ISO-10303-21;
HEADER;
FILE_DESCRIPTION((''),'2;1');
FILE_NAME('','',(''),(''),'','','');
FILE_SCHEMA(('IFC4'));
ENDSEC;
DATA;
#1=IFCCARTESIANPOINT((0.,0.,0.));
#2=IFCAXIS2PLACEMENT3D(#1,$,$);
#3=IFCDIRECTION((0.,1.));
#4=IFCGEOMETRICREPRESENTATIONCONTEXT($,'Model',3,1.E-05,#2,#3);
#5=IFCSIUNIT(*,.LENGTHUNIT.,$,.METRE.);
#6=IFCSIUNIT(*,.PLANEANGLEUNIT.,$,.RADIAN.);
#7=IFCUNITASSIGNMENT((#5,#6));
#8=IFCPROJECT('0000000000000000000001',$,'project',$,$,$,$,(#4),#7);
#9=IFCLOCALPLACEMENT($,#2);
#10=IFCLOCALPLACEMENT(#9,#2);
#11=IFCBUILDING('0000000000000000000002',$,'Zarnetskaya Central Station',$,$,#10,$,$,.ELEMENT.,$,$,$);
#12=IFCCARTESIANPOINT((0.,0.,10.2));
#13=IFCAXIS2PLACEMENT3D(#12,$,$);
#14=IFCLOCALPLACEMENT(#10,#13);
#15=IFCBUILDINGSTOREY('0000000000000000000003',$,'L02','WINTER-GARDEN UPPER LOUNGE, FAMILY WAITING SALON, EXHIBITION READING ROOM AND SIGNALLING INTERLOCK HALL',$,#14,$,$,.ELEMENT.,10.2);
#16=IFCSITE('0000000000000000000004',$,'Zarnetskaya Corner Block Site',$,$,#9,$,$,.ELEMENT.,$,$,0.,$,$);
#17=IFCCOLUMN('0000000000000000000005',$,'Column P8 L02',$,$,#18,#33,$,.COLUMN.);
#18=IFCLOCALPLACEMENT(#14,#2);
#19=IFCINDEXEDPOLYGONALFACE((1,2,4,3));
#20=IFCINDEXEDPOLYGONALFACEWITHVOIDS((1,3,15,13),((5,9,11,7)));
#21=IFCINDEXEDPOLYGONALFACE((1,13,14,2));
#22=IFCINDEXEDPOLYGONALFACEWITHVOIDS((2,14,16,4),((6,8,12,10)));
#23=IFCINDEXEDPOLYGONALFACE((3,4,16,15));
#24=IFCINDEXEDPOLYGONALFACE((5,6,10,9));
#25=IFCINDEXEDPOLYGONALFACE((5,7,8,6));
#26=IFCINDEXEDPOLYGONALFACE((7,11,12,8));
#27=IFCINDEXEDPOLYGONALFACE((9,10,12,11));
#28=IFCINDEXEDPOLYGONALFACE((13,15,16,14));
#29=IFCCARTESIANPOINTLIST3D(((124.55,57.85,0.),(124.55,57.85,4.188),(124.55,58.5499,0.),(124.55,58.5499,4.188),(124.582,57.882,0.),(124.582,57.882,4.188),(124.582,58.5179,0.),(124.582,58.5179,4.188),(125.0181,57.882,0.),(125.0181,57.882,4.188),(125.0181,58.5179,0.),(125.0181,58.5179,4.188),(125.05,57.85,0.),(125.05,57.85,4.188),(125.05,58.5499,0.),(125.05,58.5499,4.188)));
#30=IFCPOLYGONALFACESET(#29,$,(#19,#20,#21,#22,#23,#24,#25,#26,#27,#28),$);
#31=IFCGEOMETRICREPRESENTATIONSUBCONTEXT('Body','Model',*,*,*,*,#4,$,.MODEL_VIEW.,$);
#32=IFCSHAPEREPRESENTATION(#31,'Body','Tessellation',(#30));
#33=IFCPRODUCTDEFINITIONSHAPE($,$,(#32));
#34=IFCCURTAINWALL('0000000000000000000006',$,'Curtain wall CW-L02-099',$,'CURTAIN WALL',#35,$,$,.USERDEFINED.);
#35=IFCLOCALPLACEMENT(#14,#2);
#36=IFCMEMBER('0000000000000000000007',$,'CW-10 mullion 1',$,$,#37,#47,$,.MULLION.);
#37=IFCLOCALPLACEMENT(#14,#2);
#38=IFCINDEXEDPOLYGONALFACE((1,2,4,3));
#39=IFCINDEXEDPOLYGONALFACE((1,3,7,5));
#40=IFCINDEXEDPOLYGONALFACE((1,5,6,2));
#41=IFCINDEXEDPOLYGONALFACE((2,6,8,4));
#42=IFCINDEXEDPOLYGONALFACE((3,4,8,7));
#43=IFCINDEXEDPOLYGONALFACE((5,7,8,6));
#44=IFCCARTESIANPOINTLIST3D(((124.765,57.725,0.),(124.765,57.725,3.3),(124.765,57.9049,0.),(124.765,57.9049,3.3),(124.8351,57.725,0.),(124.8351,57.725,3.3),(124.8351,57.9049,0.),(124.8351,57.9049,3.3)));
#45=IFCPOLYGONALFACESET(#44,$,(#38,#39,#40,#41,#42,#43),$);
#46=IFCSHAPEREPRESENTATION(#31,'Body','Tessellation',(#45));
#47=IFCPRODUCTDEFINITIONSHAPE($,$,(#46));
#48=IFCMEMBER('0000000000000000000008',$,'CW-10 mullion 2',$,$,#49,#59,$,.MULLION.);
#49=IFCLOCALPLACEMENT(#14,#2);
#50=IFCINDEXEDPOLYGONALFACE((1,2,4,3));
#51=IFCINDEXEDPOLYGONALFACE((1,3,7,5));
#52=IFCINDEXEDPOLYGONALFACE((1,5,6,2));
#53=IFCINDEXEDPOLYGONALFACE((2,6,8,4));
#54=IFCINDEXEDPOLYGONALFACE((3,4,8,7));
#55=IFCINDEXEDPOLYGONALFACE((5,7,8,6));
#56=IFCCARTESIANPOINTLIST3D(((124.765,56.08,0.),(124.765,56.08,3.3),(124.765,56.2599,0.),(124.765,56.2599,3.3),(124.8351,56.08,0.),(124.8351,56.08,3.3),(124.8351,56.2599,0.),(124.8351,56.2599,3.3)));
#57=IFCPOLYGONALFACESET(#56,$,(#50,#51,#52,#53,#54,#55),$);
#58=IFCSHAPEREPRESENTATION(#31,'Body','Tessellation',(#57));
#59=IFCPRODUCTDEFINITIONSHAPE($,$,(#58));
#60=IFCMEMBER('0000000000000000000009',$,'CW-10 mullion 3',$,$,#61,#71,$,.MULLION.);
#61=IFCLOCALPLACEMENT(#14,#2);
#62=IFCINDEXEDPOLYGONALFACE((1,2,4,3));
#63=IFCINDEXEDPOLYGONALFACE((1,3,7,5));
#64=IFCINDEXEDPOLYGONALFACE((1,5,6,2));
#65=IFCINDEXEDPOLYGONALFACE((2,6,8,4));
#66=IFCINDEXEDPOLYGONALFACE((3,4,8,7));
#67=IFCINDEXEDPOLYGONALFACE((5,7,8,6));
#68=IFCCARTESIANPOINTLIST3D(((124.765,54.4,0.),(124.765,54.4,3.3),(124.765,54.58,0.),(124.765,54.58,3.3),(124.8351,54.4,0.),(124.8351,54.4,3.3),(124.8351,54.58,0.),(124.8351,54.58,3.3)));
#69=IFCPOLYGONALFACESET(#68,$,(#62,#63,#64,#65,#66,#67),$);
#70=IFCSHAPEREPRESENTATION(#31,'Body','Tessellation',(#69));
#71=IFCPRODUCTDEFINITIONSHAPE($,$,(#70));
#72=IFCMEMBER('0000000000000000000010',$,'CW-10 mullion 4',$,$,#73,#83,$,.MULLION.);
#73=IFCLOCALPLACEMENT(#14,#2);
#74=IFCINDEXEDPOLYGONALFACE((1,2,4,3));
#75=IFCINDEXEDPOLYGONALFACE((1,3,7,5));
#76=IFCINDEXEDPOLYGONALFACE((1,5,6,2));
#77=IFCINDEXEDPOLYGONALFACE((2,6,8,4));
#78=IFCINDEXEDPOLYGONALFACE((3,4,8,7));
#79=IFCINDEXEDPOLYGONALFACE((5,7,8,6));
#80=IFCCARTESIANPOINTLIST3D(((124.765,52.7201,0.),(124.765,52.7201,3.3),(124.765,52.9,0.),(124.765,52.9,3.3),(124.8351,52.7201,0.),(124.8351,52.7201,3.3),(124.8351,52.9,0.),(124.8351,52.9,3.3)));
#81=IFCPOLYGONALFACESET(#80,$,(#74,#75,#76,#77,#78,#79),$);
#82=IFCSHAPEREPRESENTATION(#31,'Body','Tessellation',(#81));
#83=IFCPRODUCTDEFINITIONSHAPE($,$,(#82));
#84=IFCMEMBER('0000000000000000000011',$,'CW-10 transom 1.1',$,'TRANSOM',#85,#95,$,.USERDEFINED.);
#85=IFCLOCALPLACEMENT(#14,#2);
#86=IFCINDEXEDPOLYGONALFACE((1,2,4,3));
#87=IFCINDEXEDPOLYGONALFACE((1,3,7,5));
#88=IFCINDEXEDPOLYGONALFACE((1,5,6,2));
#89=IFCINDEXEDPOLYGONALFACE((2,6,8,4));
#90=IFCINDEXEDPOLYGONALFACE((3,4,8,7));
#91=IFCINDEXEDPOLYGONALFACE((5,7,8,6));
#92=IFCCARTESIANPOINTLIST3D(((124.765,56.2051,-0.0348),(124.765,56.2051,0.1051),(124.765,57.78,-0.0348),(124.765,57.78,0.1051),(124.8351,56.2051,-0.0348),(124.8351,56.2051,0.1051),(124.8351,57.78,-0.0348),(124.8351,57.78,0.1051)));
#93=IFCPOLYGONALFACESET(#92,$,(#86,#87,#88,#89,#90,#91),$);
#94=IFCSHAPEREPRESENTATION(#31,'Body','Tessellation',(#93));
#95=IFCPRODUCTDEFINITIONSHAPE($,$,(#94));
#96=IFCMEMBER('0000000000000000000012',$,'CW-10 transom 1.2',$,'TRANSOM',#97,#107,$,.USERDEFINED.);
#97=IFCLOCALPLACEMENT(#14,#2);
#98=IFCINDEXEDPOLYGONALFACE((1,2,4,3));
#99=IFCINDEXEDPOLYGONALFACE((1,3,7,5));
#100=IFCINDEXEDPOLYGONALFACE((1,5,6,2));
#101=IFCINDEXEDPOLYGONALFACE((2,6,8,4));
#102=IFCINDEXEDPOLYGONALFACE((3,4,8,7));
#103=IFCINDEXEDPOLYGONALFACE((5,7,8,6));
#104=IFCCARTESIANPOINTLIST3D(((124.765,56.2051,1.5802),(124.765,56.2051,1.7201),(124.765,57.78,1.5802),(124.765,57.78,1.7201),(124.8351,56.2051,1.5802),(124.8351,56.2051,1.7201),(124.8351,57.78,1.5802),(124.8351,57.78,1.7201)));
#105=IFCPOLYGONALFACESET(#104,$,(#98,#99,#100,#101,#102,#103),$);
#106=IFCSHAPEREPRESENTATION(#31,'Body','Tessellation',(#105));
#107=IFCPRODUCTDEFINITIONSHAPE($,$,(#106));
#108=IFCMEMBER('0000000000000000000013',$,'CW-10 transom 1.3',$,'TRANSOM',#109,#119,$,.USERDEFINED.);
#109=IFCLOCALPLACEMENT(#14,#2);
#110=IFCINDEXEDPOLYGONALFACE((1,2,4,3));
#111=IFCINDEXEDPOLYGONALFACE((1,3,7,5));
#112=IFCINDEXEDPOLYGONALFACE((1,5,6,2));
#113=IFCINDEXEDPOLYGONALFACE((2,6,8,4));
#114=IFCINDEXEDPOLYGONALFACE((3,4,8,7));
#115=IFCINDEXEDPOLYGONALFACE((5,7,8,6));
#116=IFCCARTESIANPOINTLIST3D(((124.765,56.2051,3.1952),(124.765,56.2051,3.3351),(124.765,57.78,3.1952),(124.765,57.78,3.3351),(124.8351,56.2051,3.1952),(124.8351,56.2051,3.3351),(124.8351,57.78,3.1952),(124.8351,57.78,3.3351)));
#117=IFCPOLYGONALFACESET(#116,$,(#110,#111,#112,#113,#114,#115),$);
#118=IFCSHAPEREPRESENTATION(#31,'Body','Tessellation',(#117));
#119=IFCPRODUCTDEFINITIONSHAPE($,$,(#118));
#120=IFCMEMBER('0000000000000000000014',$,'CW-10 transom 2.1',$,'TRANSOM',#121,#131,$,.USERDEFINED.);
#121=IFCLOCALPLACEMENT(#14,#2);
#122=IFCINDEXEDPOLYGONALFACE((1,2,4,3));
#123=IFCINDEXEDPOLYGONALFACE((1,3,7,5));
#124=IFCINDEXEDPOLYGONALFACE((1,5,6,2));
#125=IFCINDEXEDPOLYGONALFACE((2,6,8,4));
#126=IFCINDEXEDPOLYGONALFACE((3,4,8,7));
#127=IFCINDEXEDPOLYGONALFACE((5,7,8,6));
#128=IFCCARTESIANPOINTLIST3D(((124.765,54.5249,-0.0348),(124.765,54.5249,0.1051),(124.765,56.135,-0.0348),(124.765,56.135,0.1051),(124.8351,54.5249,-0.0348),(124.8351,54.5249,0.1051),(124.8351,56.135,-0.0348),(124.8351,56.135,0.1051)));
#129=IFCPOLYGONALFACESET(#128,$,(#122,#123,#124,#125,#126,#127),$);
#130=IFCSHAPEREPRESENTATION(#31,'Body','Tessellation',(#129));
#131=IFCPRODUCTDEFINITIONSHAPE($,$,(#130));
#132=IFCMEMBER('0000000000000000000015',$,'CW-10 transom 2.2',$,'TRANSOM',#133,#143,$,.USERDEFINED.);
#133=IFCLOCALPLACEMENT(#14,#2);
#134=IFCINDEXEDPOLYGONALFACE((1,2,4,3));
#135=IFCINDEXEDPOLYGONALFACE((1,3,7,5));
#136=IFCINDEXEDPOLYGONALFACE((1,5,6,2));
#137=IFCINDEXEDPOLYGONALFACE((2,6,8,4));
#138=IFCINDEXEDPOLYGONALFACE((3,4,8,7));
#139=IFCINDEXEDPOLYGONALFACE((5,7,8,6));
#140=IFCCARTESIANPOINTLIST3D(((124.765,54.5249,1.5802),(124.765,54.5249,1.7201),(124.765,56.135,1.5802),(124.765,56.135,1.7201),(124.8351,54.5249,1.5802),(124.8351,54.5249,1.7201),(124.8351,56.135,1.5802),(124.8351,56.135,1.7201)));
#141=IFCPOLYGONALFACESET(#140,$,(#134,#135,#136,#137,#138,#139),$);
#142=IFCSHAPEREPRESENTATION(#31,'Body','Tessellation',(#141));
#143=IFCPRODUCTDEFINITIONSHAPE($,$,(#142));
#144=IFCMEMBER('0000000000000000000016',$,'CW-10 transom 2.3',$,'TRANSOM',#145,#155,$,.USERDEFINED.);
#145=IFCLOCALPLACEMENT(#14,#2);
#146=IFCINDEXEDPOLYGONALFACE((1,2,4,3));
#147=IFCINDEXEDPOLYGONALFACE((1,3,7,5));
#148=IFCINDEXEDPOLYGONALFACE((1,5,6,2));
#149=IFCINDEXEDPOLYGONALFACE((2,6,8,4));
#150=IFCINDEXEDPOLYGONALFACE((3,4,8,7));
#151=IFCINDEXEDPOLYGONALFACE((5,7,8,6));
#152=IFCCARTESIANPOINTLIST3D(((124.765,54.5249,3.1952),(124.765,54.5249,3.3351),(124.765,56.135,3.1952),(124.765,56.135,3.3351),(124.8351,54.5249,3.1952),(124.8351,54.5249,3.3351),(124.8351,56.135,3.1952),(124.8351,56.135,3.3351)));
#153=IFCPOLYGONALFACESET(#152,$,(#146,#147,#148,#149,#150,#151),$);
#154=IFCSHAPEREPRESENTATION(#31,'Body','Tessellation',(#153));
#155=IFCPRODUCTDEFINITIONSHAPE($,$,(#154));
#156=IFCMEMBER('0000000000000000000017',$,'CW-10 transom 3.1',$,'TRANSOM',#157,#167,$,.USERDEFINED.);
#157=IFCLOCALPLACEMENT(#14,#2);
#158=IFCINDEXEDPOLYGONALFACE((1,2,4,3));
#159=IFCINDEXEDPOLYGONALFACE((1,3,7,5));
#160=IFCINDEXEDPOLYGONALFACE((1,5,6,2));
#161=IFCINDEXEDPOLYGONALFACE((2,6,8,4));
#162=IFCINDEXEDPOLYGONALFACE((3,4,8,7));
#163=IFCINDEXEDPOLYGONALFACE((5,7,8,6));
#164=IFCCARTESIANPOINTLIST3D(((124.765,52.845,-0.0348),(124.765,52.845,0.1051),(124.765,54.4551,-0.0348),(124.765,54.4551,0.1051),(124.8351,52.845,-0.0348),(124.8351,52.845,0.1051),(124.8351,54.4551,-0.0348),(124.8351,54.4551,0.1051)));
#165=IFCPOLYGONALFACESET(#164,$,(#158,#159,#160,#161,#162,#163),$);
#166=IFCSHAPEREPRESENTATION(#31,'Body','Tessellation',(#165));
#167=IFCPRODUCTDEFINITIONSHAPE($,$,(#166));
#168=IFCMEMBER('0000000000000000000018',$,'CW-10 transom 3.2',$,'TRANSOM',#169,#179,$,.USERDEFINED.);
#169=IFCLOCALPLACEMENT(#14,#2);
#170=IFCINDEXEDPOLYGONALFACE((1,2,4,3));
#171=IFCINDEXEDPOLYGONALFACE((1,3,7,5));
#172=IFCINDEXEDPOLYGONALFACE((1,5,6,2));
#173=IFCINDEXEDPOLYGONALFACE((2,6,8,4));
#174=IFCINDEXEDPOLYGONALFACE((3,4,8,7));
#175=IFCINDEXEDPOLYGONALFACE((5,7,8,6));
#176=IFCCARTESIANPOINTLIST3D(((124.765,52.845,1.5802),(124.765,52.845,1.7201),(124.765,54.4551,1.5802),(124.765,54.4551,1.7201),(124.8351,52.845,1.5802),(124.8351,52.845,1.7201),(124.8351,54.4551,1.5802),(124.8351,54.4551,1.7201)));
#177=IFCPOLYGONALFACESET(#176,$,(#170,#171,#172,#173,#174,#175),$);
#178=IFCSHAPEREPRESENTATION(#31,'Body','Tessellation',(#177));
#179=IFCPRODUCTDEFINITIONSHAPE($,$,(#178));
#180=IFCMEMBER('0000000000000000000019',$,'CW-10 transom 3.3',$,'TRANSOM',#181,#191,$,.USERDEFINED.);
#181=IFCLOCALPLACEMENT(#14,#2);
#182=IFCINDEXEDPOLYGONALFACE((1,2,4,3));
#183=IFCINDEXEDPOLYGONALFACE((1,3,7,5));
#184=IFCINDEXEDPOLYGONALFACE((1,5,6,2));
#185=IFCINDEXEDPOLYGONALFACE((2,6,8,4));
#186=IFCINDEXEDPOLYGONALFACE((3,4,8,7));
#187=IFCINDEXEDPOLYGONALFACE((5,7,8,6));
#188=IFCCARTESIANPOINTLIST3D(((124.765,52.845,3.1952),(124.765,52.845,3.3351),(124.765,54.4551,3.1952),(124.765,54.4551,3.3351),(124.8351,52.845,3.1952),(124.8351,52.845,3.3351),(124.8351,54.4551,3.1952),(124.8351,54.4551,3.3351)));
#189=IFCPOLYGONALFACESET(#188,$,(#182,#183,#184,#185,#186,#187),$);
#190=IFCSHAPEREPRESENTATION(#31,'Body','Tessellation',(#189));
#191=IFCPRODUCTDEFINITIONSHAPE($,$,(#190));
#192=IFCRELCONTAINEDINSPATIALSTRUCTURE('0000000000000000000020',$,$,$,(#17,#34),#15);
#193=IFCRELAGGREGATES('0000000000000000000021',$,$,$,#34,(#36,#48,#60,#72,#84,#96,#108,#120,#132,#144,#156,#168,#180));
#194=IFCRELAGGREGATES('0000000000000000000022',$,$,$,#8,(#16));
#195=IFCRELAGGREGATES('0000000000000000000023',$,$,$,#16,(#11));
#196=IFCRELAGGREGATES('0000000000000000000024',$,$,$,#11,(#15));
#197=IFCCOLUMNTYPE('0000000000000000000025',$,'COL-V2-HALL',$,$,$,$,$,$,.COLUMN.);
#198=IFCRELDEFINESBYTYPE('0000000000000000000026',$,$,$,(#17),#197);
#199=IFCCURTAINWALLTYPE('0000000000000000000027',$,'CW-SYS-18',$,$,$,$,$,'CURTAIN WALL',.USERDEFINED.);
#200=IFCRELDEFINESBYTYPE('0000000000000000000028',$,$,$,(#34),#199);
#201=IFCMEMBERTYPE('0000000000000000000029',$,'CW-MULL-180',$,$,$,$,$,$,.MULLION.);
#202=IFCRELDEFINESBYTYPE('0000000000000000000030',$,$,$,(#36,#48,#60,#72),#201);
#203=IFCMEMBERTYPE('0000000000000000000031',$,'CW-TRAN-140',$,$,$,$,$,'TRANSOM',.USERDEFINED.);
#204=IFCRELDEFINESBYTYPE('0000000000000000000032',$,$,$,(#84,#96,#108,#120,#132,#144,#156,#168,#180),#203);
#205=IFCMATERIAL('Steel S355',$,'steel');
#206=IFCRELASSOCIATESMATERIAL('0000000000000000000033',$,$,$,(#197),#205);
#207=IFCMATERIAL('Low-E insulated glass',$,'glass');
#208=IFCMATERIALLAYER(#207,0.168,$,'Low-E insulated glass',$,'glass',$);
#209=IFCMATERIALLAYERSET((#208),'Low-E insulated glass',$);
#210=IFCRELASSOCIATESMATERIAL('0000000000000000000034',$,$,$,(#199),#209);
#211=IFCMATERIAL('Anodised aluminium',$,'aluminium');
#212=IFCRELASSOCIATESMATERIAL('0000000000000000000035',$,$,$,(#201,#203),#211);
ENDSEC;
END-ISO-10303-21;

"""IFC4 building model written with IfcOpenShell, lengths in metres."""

from ifc_helpers import new_model, si_unit, direction, frame, origin, origin_2d, place, context, subcontext, project, spatial, rectangle, hollow_rectangle, extrude, material, layer, layer_set, material_profile, profile_set, type_object, element, aggregate, save


model = new_model("IFC4")

# Units and contexts
model_context = context("Model", 3, precision=1e-05, world=origin(), true_north=direction((0.0, 1.0)))
body_context = subcontext(model_context, "Body", "Model", "MODEL_VIEW")
ifc_project = project(units=[si_unit("LENGTHUNIT", "METRE"), si_unit("PLANEANGLEUNIT", "RADIAN")], contexts=[model_context])

# Site, building, storey
site_placement = place(None, origin())
site = spatial("IfcSite", under=ifc_project, at=site_placement, Name="Zarnetskaya Corner Block Site", CompositionType="ELEMENT", RefElevation=0.0)
building_placement = place(site_placement, origin())
building = spatial("IfcBuilding", under=site, at=building_placement, Name="Zarnetskaya Central Station", CompositionType="ELEMENT")
storey_placement = place(building_placement, frame((0.0, 0.0, 10.2)))
storey = spatial("IfcBuildingStorey", under=building, at=storey_placement, Name="L02", Description="WINTER-GARDEN UPPER LOUNGE, FAMILY WAITING SALON, EXHIBITION READING ROOM AND SIGNALLING INTERLOCK HALL", CompositionType="ELEMENT", Elevation=10.2)

# Column
ifc_material_1 = material(Name="Steel S355", Category="steel")
ifc_material_profile_1 = material_profile(ifc_material_1, hollow_rectangle(XDim=0.5, YDim=0.7, WallThickness=0.032, at=origin_2d()), Name="BOX 700x500x32")
ifc_profile_set_1 = profile_set([ifc_material_profile_1], Name="Steel S355")
column_type = type_object("IfcColumnType", Name="COL-V2-HALL", PredefinedType="COLUMN", material=ifc_profile_set_1)
column_placement = place(storey_placement, frame((124.8, 58.2, 0.0), z_axis=(0.0, 0.0, 1.0), x_axis=(1.0, 0.0, 0.0)))
element("IfcColumn", 1, at=column_placement, inside=storey, type_object=column_type, Name="Column P8 L02", PredefinedType="COLUMN", context=body_context, shape_type="SweptSolid", body=[
    extrude(hollow_rectangle(XDim=0.5, YDim=0.7, WallThickness=0.032, at=origin_2d()), origin(), (0.0, 0.0, 1.0), 4.188),
])

# Curtain wall, members
ifc_material_2 = material(Name="Low-E insulated glass", Category="glass")
ifc_layer_1 = layer(ifc_material_2, 0.168, Name="Low-E insulated glass", Category="glass")
ifc_layer_set_1 = layer_set([ifc_layer_1], Name="Low-E insulated glass")
curtain_wall_type = type_object("IfcCurtainWallType", Name="CW-SYS-18", ElementType="CURTAIN WALL", PredefinedType="USERDEFINED", material=ifc_layer_set_1)
curtain_wall_placement = place(storey_placement, origin())
curtain_wall = element("IfcCurtainWall", 2, at=curtain_wall_placement, inside=storey, type_object=curtain_wall_type, Name="Curtain wall CW-L02-099", ObjectType="CURTAIN WALL", PredefinedType="USERDEFINED")
ifc_material_3 = material(Name="Anodised aluminium", Category="aluminium")
ifc_material_profile_2 = material_profile(ifc_material_3, rectangle(XDim=0.0701, YDim=0.1799, at=origin_2d()), Name="ALU MULL 70x180")
ifc_profile_set_2 = profile_set([ifc_material_profile_2], Name="Anodised aluminium")
member_type_1 = type_object("IfcMemberType", Name="CW-MULL-180", PredefinedType="MULLION", material=ifc_profile_set_2)
member_1_placement = place(storey_placement, frame((124.8, 57.8149, 0.0), z_axis=(0.0, 0.0, 1.0), x_axis=(1.0, 0.0, 0.0)))
member_1 = element("IfcMember", 3, at=member_1_placement, type_object=member_type_1, Name="CW-10 mullion 1", PredefinedType="MULLION", context=body_context, shape_type="SweptSolid", body=[
    extrude(rectangle(XDim=0.0701, YDim=0.1799, at=origin_2d()), origin(), (0.0, 0.0, 1.0), 3.3),
])
member_2_placement = place(storey_placement, frame((124.8, 56.1699, 0.0), z_axis=(0.0, 0.0, 1.0), x_axis=(1.0, 0.0, 0.0)))
member_2 = element("IfcMember", 4, at=member_2_placement, type_object=member_type_1, Name="CW-10 mullion 2", PredefinedType="MULLION", context=body_context, shape_type="SweptSolid", body=[
    extrude(rectangle(XDim=0.0701, YDim=0.1799, at=origin_2d()), origin(), (0.0, 0.0, 1.0), 3.3),
])
member_3_placement = place(storey_placement, frame((124.8, 54.49, 0.0), z_axis=(0.0, 0.0, 1.0), x_axis=(1.0, 0.0, 0.0)))
member_3 = element("IfcMember", 5, at=member_3_placement, type_object=member_type_1, Name="CW-10 mullion 3", PredefinedType="MULLION", context=body_context, shape_type="SweptSolid", body=[
    extrude(rectangle(XDim=0.0701, YDim=0.1799, at=origin_2d()), origin(), (0.0, 0.0, 1.0), 3.3),
])
member_4_placement = place(storey_placement, frame((124.8, 52.8101, 0.0), z_axis=(0.0, 0.0, 1.0), x_axis=(1.0, 0.0, 0.0)))
member_4 = element("IfcMember", 6, at=member_4_placement, type_object=member_type_1, Name="CW-10 mullion 4", PredefinedType="MULLION", context=body_context, shape_type="SweptSolid", body=[
    extrude(rectangle(XDim=0.0701, YDim=0.1799, at=origin_2d()), origin(), (0.0, 0.0, 1.0), 3.3),
])
ifc_material_profile_3 = material_profile(ifc_material_3, rectangle(XDim=0.0701, YDim=0.1399, at=origin_2d()), Name="ALU TRAN 70x140")
ifc_profile_set_3 = profile_set([ifc_material_profile_3], Name="Anodised aluminium")
member_type_2 = type_object("IfcMemberType", Name="CW-TRAN-140", ElementType="TRANSOM", PredefinedType="USERDEFINED", material=ifc_profile_set_3)
member_5_placement = place(storey_placement, frame((124.8, 57.78, 0.0352), z_axis=(0.0, -1.0, 0.0), x_axis=(1.0, 0.0, 0.0)))
member_5 = element("IfcMember", 7, at=member_5_placement, type_object=member_type_2, Name="CW-10 transom 1.1", ObjectType="TRANSOM", PredefinedType="USERDEFINED", context=body_context, shape_type="SweptSolid", body=[
    extrude(rectangle(XDim=0.0701, YDim=0.1399, at=origin_2d()), origin(), (0.0, 0.0, 1.0), 1.575),
])
member_6_placement = place(storey_placement, frame((124.8, 57.78, 1.6501), z_axis=(0.0, -1.0, 0.0), x_axis=(1.0, 0.0, 0.0)))
member_6 = element("IfcMember", 8, at=member_6_placement, type_object=member_type_2, Name="CW-10 transom 1.2", ObjectType="TRANSOM", PredefinedType="USERDEFINED", context=body_context, shape_type="SweptSolid", body=[
    extrude(rectangle(XDim=0.0701, YDim=0.1399, at=origin_2d()), origin(), (0.0, 0.0, 1.0), 1.575),
])
member_7_placement = place(storey_placement, frame((124.8, 57.78, 3.2651), z_axis=(0.0, -1.0, 0.0), x_axis=(1.0, 0.0, 0.0)))
member_7 = element("IfcMember", 9, at=member_7_placement, type_object=member_type_2, Name="CW-10 transom 1.3", ObjectType="TRANSOM", PredefinedType="USERDEFINED", context=body_context, shape_type="SweptSolid", body=[
    extrude(rectangle(XDim=0.0701, YDim=0.1399, at=origin_2d()), origin(), (0.0, 0.0, 1.0), 1.575),
])
member_8_placement = place(storey_placement, frame((124.8, 56.135, 0.0352), z_axis=(0.0, -1.0, 0.0), x_axis=(1.0, 0.0, 0.0)))
member_8 = element("IfcMember", 10, at=member_8_placement, type_object=member_type_2, Name="CW-10 transom 2.1", ObjectType="TRANSOM", PredefinedType="USERDEFINED", context=body_context, shape_type="SweptSolid", body=[
    extrude(rectangle(XDim=0.0701, YDim=0.1399, at=origin_2d()), origin(), (0.0, 0.0, 1.0), 1.6101),
])
member_9_placement = place(storey_placement, frame((124.8, 56.135, 1.6501), z_axis=(0.0, -1.0, 0.0), x_axis=(1.0, 0.0, 0.0)))
member_9 = element("IfcMember", 11, at=member_9_placement, type_object=member_type_2, Name="CW-10 transom 2.2", ObjectType="TRANSOM", PredefinedType="USERDEFINED", context=body_context, shape_type="SweptSolid", body=[
    extrude(rectangle(XDim=0.0701, YDim=0.1399, at=origin_2d()), origin(), (0.0, 0.0, 1.0), 1.6101),
])
member_10_placement = place(storey_placement, frame((124.8, 56.135, 3.2651), z_axis=(0.0, -1.0, 0.0), x_axis=(1.0, 0.0, 0.0)))
member_10 = element("IfcMember", 12, at=member_10_placement, type_object=member_type_2, Name="CW-10 transom 2.3", ObjectType="TRANSOM", PredefinedType="USERDEFINED", context=body_context, shape_type="SweptSolid", body=[
    extrude(rectangle(XDim=0.0701, YDim=0.1399, at=origin_2d()), origin(), (0.0, 0.0, 1.0), 1.6101),
])
member_11_placement = place(storey_placement, frame((124.8, 54.4551, 0.0352), z_axis=(0.0, -1.0, 0.0), x_axis=(1.0, 0.0, 0.0)))
member_11 = element("IfcMember", 13, at=member_11_placement, type_object=member_type_2, Name="CW-10 transom 3.1", ObjectType="TRANSOM", PredefinedType="USERDEFINED", context=body_context, shape_type="SweptSolid", body=[
    extrude(rectangle(XDim=0.0701, YDim=0.1399, at=origin_2d()), origin(), (0.0, 0.0, 1.0), 1.6101),
])
member_12_placement = place(storey_placement, frame((124.8, 54.4551, 1.6501), z_axis=(0.0, -1.0, 0.0), x_axis=(1.0, 0.0, 0.0)))
member_12 = element("IfcMember", 14, at=member_12_placement, type_object=member_type_2, Name="CW-10 transom 3.2", ObjectType="TRANSOM", PredefinedType="USERDEFINED", context=body_context, shape_type="SweptSolid", body=[
    extrude(rectangle(XDim=0.0701, YDim=0.1399, at=origin_2d()), origin(), (0.0, 0.0, 1.0), 1.6101),
])
member_13_placement = place(storey_placement, frame((124.8, 54.4551, 3.2651), z_axis=(0.0, -1.0, 0.0), x_axis=(1.0, 0.0, 0.0)))
member_13 = element("IfcMember", 15, at=member_13_placement, type_object=member_type_2, Name="CW-10 transom 3.3", ObjectType="TRANSOM", PredefinedType="USERDEFINED", context=body_context, shape_type="SweptSolid", body=[
    extrude(rectangle(XDim=0.0701, YDim=0.1399, at=origin_2d()), origin(), (0.0, 0.0, 1.0), 1.6101),
])
aggregate(curtain_wall, [member_1, member_2, member_3, member_4, member_5, member_6, member_7, member_8, member_9, member_10, member_11, member_12, member_13])

save(model, "model.ifc")
